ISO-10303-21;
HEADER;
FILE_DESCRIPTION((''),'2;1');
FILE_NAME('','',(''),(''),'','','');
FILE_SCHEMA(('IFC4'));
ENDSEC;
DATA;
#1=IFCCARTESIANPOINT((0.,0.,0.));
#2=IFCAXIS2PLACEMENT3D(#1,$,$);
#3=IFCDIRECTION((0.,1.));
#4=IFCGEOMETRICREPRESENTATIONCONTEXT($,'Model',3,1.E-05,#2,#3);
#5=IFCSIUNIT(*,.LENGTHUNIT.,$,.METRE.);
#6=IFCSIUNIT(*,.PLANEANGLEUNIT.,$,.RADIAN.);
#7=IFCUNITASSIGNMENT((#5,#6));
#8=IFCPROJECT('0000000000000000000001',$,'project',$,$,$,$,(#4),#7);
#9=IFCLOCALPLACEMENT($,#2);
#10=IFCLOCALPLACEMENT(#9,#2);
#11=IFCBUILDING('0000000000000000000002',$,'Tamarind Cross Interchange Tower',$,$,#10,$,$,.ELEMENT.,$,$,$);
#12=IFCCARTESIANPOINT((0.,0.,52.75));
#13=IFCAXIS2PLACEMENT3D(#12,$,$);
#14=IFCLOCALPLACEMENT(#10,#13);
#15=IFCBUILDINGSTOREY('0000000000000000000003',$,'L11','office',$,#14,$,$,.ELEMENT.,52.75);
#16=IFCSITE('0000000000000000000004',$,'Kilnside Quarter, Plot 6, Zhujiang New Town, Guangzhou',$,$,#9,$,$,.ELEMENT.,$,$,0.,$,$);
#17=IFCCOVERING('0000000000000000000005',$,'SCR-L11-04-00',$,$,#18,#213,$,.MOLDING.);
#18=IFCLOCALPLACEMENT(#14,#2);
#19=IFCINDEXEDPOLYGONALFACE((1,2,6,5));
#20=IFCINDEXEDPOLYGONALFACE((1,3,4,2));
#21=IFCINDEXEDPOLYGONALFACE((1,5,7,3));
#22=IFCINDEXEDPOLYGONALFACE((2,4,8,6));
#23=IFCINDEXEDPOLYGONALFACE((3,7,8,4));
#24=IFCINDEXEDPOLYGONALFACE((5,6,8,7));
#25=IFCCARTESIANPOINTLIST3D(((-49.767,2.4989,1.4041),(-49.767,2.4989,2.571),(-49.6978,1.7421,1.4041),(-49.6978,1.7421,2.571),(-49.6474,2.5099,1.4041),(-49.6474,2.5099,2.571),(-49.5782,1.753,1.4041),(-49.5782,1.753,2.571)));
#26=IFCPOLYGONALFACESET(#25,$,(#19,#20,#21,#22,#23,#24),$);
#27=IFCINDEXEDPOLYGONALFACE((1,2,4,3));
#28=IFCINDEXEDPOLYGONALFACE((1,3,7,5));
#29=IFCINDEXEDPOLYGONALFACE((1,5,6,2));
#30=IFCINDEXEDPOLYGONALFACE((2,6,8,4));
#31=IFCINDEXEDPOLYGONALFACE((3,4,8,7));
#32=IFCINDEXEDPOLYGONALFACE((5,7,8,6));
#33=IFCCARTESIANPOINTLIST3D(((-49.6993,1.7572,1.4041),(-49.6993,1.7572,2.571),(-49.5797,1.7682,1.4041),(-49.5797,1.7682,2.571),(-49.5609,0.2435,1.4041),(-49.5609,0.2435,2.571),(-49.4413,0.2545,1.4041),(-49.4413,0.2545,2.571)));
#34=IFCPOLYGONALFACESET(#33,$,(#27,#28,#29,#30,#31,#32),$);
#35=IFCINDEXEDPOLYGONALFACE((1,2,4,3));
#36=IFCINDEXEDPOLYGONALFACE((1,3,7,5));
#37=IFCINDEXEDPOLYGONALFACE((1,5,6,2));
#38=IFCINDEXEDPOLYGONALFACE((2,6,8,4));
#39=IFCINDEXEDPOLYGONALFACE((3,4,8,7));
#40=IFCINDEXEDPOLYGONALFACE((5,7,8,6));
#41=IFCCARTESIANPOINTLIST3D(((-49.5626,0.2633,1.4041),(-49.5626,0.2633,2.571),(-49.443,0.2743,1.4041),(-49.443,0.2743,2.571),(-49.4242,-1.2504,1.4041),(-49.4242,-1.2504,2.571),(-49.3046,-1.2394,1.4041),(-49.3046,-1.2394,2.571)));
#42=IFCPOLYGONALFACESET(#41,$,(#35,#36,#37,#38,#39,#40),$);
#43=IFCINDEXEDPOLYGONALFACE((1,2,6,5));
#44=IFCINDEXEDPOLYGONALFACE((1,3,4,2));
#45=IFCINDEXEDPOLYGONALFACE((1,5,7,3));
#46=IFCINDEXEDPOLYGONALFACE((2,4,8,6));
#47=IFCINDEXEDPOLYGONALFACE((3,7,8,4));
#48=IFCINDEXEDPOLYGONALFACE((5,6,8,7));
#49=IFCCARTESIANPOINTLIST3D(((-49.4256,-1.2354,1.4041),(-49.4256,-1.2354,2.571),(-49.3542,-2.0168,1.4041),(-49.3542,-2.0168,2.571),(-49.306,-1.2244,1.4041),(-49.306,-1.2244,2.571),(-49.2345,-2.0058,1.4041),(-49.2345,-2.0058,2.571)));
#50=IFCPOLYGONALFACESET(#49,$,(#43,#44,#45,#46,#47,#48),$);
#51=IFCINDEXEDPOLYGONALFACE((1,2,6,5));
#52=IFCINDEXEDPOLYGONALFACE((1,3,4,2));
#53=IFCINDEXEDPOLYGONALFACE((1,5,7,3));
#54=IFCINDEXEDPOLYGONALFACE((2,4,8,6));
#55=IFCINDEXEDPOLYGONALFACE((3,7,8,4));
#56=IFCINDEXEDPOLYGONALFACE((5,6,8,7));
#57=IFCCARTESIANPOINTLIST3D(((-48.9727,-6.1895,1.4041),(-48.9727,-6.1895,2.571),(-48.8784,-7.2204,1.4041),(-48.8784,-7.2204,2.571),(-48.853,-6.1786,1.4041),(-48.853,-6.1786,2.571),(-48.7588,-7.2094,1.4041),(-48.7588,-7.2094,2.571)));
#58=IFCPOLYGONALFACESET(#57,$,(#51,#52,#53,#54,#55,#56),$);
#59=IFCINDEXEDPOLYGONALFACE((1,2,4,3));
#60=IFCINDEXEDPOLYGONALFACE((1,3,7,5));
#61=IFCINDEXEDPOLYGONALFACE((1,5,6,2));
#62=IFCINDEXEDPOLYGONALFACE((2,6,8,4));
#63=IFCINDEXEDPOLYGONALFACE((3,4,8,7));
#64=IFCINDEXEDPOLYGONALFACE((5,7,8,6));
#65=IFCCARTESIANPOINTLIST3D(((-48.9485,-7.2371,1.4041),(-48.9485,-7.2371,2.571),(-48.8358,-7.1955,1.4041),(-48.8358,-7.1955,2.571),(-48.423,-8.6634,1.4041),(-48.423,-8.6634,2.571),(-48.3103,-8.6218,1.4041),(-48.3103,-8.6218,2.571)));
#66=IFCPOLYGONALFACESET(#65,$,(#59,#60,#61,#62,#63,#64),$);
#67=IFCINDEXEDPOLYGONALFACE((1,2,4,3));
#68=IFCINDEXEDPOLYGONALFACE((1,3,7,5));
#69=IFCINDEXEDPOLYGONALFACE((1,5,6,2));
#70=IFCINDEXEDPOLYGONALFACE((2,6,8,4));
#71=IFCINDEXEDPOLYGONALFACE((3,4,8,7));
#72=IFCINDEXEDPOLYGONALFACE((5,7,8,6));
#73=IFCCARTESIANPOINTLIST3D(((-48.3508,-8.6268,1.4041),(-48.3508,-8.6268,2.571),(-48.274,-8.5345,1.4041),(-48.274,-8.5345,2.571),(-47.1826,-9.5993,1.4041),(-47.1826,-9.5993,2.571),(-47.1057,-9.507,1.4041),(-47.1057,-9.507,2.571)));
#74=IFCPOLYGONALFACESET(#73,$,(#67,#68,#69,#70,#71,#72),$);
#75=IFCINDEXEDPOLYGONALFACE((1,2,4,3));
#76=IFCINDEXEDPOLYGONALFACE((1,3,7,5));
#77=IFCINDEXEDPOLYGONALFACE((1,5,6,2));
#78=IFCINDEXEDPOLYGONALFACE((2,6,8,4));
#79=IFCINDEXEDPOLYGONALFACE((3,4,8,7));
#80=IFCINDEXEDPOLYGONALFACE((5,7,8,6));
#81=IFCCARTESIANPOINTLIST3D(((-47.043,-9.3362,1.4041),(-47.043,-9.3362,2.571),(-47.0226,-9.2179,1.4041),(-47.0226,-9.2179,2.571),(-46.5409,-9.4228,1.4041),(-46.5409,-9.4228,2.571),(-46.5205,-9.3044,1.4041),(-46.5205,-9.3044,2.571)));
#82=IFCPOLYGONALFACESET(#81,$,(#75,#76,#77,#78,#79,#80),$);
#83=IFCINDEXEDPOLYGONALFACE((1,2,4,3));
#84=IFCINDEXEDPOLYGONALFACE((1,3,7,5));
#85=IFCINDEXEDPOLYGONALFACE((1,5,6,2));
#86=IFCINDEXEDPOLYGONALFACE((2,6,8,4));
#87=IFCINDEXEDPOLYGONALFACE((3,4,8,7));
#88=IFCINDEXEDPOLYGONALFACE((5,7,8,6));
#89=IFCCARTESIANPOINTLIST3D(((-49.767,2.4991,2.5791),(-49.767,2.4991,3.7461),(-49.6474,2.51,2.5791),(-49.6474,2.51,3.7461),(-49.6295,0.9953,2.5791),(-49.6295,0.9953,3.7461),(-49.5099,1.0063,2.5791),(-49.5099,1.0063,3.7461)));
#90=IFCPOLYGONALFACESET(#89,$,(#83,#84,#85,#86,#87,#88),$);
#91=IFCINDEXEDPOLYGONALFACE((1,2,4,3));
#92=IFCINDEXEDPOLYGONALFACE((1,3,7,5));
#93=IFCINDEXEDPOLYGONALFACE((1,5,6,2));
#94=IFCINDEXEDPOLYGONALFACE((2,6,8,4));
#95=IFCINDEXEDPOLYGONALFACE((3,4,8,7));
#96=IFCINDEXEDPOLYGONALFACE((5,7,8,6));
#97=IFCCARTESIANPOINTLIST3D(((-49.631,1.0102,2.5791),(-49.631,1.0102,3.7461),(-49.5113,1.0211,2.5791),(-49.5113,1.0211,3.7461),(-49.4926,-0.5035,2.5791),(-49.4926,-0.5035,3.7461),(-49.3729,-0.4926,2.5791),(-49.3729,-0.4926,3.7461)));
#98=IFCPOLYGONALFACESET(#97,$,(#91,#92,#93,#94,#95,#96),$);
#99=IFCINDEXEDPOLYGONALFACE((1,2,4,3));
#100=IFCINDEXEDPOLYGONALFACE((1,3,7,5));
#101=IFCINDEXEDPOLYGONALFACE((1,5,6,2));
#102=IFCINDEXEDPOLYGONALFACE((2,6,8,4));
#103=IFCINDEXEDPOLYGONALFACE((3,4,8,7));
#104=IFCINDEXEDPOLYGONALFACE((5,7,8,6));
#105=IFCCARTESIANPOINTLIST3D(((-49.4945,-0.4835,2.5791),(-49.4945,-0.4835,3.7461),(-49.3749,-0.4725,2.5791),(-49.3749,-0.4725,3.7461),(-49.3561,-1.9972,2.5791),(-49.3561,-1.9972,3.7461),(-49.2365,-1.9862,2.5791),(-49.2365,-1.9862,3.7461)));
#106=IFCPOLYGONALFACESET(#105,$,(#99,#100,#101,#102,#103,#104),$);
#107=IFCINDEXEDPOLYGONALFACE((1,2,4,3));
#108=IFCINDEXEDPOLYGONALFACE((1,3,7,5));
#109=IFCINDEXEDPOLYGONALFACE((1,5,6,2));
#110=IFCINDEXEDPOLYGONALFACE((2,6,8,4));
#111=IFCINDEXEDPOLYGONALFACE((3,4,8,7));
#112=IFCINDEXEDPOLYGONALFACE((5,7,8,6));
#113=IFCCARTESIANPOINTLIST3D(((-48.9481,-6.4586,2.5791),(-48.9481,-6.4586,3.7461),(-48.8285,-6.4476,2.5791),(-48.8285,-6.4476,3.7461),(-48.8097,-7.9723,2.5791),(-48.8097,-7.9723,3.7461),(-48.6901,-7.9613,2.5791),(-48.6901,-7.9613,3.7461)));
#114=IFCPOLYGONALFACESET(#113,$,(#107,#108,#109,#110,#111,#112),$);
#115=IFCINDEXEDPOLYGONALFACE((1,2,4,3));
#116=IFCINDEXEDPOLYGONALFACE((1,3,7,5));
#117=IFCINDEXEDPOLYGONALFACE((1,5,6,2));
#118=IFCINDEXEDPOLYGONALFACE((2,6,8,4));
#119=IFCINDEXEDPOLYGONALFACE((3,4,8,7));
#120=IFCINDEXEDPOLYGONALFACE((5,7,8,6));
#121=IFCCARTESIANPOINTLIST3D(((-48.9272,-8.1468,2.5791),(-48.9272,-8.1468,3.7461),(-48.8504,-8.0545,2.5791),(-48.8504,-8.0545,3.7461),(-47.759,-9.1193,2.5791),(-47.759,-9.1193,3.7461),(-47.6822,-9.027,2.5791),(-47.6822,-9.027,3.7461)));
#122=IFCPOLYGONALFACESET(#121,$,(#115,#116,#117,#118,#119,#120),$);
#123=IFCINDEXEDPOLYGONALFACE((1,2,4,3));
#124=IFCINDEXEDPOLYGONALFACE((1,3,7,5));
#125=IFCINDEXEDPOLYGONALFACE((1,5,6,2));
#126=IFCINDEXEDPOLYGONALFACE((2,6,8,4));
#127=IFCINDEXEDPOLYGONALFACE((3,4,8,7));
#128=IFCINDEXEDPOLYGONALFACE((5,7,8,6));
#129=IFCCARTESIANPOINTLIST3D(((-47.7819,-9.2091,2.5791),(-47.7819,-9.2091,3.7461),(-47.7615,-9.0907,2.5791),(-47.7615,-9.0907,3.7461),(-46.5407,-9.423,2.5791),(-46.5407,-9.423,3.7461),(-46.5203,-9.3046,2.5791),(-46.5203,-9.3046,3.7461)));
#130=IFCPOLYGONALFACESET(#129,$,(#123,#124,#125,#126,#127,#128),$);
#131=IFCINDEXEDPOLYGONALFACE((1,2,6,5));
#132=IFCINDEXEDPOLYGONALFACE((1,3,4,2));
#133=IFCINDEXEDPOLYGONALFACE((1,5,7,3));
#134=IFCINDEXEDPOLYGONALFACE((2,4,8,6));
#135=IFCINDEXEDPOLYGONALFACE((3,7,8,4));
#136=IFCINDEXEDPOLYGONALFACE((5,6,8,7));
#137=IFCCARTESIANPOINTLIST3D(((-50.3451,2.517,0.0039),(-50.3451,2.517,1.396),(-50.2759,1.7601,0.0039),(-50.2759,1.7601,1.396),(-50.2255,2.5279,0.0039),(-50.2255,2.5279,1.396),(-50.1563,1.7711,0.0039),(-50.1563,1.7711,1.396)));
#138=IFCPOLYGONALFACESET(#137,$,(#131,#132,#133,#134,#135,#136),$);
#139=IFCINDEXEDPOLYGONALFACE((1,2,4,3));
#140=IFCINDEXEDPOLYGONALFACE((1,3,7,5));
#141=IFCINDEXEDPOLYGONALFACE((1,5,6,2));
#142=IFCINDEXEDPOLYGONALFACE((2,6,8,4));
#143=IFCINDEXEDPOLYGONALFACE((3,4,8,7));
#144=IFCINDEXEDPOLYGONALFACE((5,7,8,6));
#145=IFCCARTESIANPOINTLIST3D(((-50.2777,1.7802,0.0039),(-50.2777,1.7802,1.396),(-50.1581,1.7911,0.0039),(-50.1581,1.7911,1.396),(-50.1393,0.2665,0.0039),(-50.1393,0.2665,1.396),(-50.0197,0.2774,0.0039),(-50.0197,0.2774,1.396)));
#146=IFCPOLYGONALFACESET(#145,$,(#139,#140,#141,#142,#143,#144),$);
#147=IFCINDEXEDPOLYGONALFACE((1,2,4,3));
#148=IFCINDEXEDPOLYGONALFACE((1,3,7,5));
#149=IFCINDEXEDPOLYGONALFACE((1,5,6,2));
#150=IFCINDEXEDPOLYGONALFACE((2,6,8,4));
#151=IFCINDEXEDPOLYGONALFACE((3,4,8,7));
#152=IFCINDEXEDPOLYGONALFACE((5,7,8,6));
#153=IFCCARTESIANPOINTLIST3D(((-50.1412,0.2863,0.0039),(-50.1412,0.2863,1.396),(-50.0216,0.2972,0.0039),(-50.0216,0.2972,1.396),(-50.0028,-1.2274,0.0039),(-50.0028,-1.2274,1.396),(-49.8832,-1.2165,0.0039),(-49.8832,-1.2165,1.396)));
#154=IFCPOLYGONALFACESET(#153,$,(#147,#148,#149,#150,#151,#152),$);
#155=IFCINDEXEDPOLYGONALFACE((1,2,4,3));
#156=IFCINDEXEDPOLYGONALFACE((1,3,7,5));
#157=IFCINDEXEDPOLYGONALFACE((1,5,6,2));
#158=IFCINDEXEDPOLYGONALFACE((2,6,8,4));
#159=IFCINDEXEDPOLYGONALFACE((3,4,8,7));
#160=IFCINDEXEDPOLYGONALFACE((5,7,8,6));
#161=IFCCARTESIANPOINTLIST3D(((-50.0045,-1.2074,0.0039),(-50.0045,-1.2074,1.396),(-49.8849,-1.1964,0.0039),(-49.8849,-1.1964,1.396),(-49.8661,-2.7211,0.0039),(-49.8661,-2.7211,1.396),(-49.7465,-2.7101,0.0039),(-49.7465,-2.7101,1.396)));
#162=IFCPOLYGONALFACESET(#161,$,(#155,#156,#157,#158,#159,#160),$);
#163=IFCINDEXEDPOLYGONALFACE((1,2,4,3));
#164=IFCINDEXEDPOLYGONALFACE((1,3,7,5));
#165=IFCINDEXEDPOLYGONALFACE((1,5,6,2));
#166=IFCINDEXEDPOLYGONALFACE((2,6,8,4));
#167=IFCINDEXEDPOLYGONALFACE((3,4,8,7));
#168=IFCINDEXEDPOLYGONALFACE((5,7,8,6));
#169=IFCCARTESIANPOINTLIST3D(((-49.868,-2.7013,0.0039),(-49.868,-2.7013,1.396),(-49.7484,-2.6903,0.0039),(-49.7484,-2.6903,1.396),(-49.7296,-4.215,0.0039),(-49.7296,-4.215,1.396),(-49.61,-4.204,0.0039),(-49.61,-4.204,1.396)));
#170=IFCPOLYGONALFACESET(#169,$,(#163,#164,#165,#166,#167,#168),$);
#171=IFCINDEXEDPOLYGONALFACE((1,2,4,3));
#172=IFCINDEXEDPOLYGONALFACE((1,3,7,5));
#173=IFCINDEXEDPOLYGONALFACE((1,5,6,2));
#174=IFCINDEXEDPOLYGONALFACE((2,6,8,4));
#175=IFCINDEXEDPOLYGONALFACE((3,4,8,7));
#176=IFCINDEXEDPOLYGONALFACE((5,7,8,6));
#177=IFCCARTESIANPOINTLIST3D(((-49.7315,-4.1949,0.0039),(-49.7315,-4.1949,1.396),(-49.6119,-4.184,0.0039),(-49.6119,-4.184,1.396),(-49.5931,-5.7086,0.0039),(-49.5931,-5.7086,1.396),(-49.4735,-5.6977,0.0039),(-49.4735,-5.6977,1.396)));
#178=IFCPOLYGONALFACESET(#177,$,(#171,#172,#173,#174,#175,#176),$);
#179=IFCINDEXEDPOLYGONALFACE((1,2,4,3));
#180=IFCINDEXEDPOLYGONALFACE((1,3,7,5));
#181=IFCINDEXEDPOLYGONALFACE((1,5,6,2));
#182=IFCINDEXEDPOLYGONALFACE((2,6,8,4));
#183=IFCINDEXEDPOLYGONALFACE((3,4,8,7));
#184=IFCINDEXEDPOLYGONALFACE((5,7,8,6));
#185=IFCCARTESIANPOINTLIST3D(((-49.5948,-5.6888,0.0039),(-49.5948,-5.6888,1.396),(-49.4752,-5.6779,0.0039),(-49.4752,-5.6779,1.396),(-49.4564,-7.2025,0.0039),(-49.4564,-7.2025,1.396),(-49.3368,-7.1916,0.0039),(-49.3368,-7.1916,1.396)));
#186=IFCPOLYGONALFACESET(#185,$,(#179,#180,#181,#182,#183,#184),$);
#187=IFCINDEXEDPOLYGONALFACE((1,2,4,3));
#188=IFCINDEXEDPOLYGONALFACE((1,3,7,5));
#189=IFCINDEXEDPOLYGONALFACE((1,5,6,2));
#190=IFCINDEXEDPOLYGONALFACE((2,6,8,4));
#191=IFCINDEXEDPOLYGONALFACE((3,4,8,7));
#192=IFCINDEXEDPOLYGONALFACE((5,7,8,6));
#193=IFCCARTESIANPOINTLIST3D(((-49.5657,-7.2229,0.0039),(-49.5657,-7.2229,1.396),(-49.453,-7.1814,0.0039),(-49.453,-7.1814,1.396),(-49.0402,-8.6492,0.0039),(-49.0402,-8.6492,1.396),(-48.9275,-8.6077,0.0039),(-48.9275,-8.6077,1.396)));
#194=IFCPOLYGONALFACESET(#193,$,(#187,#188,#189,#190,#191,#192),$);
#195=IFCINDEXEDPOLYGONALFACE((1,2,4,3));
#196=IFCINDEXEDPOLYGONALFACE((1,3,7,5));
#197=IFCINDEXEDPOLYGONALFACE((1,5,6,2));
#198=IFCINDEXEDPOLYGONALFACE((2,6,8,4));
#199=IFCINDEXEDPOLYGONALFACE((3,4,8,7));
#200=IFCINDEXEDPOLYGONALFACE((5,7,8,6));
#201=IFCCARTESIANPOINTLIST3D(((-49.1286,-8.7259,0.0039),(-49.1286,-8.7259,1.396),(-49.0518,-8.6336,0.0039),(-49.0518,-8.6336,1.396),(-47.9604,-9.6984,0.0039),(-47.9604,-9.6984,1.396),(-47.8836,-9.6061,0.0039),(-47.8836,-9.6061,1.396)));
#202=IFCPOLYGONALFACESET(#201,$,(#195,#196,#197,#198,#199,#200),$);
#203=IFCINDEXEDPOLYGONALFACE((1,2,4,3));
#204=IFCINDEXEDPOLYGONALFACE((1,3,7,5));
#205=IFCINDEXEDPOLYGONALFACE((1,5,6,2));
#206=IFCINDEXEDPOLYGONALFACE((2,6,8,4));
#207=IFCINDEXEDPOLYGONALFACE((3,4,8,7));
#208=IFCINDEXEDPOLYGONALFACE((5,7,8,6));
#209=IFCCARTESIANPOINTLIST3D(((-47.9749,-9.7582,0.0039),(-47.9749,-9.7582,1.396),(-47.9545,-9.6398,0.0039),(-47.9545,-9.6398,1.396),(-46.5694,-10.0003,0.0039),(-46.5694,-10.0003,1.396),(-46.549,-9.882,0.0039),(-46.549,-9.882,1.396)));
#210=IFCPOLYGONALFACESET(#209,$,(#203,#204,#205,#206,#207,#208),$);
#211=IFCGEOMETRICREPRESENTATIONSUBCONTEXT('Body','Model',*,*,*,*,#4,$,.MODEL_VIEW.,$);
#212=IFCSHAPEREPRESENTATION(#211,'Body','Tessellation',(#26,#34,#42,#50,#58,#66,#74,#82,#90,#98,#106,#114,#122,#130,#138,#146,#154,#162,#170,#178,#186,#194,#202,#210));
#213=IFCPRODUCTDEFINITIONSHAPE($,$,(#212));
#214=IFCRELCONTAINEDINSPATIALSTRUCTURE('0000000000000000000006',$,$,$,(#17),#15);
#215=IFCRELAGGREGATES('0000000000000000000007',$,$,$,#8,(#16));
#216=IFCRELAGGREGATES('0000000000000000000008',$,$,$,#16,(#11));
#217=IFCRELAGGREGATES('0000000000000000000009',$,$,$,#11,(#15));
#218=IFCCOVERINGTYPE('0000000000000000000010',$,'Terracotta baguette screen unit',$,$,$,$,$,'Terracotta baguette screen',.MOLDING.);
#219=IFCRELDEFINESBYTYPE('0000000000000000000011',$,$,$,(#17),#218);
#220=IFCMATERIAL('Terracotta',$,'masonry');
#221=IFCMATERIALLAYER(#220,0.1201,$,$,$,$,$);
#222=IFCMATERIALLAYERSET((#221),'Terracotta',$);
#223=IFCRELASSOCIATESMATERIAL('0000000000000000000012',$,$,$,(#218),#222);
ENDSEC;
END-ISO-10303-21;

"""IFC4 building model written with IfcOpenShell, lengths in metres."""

from ifc_helpers import new_model, si_unit, direction, frame, origin, origin_2d, place, context, subcontext, project, spatial, rectangle, extrude, material, layer, layer_set, type_object, element, save


model = new_model("IFC4")

# Units and contexts
model_context = context("Model", 3, precision=1e-05, world=origin(), true_north=direction((0.0, 1.0)))
body_context = subcontext(model_context, "Body", "Model", "MODEL_VIEW")
ifc_project = project(units=[si_unit("LENGTHUNIT", "METRE"), si_unit("PLANEANGLEUNIT", "RADIAN")], contexts=[model_context])

# Site, building, storey
site_placement = place(None, origin())
site = spatial("IfcSite", under=ifc_project, at=site_placement, Name="Kilnside Quarter, Plot 6, Zhujiang New Town, Guangzhou", CompositionType="ELEMENT", RefElevation=0.0)
building_placement = place(site_placement, origin())
building = spatial("IfcBuilding", under=site, at=building_placement, Name="Tamarind Cross Interchange Tower", CompositionType="ELEMENT")
storey_placement = place(building_placement, frame((0.0, 0.0, 52.75)))
storey = spatial("IfcBuildingStorey", under=building, at=storey_placement, Name="L11", Description="office", CompositionType="ELEMENT", Elevation=52.75)

# Covering
ifc_material_1 = material(Name="Terracotta", Category="masonry")
ifc_layer_1 = layer(ifc_material_1, 0.1201)
ifc_layer_set_1 = layer_set([ifc_layer_1], Name="Terracotta")
covering_type = type_object("IfcCoveringType", Name="Terracotta baguette screen unit", ElementType="Terracotta baguette screen", PredefinedType="MOLDING", material=ifc_layer_set_1)
covering_1_placement = place(storey_placement, origin())
element("IfcCovering", 1, at=covering_1_placement, inside=storey, type_object=covering_type, Name="SCR-L11-04-00", PredefinedType="MOLDING", context=body_context, shape_type="SweptSolid", body=[
    extrude(rectangle(XDim=0.76, YDim=0.1201, at=origin_2d()), frame((-49.6726, 2.126, 1.4041), z_axis=(0.0, 0.0, 1.0), x_axis=(0.09105, -0.995846, 0.0)), (0.0, 0.0, 1.0), 1.167),
    extrude(rectangle(XDim=1.52, YDim=0.1201, at=origin_2d()), frame((-49.5703, 1.0059, 1.4041), z_axis=(0.0, 0.0, 1.0), x_axis=(0.09105, -0.995846, 0.0)), (0.0, 0.0, 1.0), 1.167),
    extrude(rectangle(XDim=1.52, YDim=0.1201, at=origin_2d()), frame((-49.4336, -0.488, 1.4041), z_axis=(0.0, 0.0, 1.0), x_axis=(0.09105, -0.995846, 0.0)), (0.0, 0.0, 1.0), 1.167),
    extrude(rectangle(XDim=0.7847, YDim=0.1201, at=origin_2d()), frame((-49.3301, -1.6206, 1.4041), z_axis=(0.0, 0.0, 1.0), x_axis=(0.09105, -0.995846, 0.0)), (0.0, 0.0, 1.0), 1.167),
    extrude(rectangle(XDim=1.0352, YDim=0.1201, at=origin_2d()), frame((-48.8657, -6.6995, 1.4041), z_axis=(0.0, 0.0, 1.0), x_axis=(0.09105, -0.995846, 0.0)), (0.0, 0.0, 1.0), 1.167),
    extrude(rectangle(XDim=1.52, YDim=0.1201, at=origin_2d()), frame((-48.6294, -7.9294, 1.4041), z_axis=(0.0, 0.0, 1.0), x_axis=(0.345691, -0.938348, 0.0)), (0.0, 0.0, 1.0), 1.167),
    extrude(rectangle(XDim=1.52, YDim=0.1201, at=origin_2d()), frame((-47.7283, -9.0669, 1.4041), z_axis=(0.0, 0.0, 1.0), x_axis=(0.768552, -0.639788, 0.0)), (0.0, 0.0, 1.0), 1.167),
    extrude(rectangle(XDim=0.5095, YDim=0.1201, at=origin_2d()), frame((-46.7817, -9.3203, 1.4041), z_axis=(0.0, 0.0, 1.0), x_axis=(0.985479, -0.169797, 0.0)), (0.0, 0.0, 1.0), 1.167),
    extrude(rectangle(XDim=1.51, YDim=0.1201, at=origin_2d()), frame((-49.6384, 1.7527, 2.5791), z_axis=(0.0, 0.0, 1.0), x_axis=(0.09105, -0.995846, 0.0)), (0.0, 0.0, 1.0), 1.167),
    extrude(rectangle(XDim=1.52, YDim=0.1201, at=origin_2d()), frame((-49.502, 0.2588, 2.5791), z_axis=(0.0, 0.0, 1.0), x_axis=(0.09105, -0.995846, 0.0)), (0.0, 0.0, 1.0), 1.167),
    extrude(rectangle(XDim=1.52, YDim=0.1201, at=origin_2d()), frame((-49.3655, -1.2349, 2.5791), z_axis=(0.0, 0.0, 1.0), x_axis=(0.09105, -0.995846, 0.0)), (0.0, 0.0, 1.0), 1.167),
    extrude(rectangle(XDim=1.52, YDim=0.1201, at=origin_2d()), frame((-48.8191, -7.21, 2.5791), z_axis=(0.0, 0.0, 1.0), x_axis=(0.09105, -0.995846, 0.0)), (0.0, 0.0, 1.0), 1.167),
    extrude(rectangle(XDim=1.52, YDim=0.1201, at=origin_2d()), frame((-48.3047, -8.5869, 2.5791), z_axis=(0.0, 0.0, 1.0), x_axis=(0.768552, -0.639788, 0.0)), (0.0, 0.0, 1.0), 1.167),
    extrude(rectangle(XDim=1.2595, YDim=0.1201, at=origin_2d()), frame((-47.1511, -9.2568, 2.5791), z_axis=(0.0, 0.0, 1.0), x_axis=(0.985479, -0.169797, 0.0)), (0.0, 0.0, 1.0), 1.167),
    extrude(rectangle(XDim=0.76, YDim=0.1201, at=origin_2d()), frame((-50.2507, 2.144, 0.0039), z_axis=(0.0, 0.0, 1.0), x_axis=(0.09105, -0.995846, 0.0)), (0.0, 0.0, 1.0), 1.3921),
    extrude(rectangle(XDim=1.52, YDim=0.1201, at=origin_2d()), frame((-50.1487, 1.0288, 0.0039), z_axis=(0.0, 0.0, 1.0), x_axis=(0.09105, -0.995846, 0.0)), (0.0, 0.0, 1.0), 1.3921),
    extrude(rectangle(XDim=1.52, YDim=0.1201, at=origin_2d()), frame((-50.0122, -0.4651, 0.0039), z_axis=(0.0, 0.0, 1.0), x_axis=(0.09105, -0.995846, 0.0)), (0.0, 0.0, 1.0), 1.3921),
    extrude(rectangle(XDim=1.52, YDim=0.1201, at=origin_2d()), frame((-49.8755, -1.9587, 0.0039), z_axis=(0.0, 0.0, 1.0), x_axis=(0.09105, -0.995846, 0.0)), (0.0, 0.0, 1.0), 1.3921),
    extrude(rectangle(XDim=1.52, YDim=0.1201, at=origin_2d()), frame((-49.739, -3.4526, 0.0039), z_axis=(0.0, 0.0, 1.0), x_axis=(0.09105, -0.995846, 0.0)), (0.0, 0.0, 1.0), 1.3921),
    extrude(rectangle(XDim=1.52, YDim=0.1201, at=origin_2d()), frame((-49.6025, -4.9463, 0.0039), z_axis=(0.0, 0.0, 1.0), x_axis=(0.09105, -0.995846, 0.0)), (0.0, 0.0, 1.0), 1.3921),
    extrude(rectangle(XDim=1.52, YDim=0.1201, at=origin_2d()), frame((-49.4658, -6.4402, 0.0039), z_axis=(0.0, 0.0, 1.0), x_axis=(0.09105, -0.995846, 0.0)), (0.0, 0.0, 1.0), 1.3921),
    extrude(rectangle(XDim=1.52, YDim=0.1201, at=origin_2d()), frame((-49.2466, -7.9153, 0.0039), z_axis=(0.0, 0.0, 1.0), x_axis=(0.345691, -0.938348, 0.0)), (0.0, 0.0, 1.0), 1.3921),
    extrude(rectangle(XDim=1.52, YDim=0.1201, at=origin_2d()), frame((-48.5061, -9.166, 0.0039), z_axis=(0.0, 0.0, 1.0), x_axis=(0.768552, -0.639788, 0.0)), (0.0, 0.0, 1.0), 1.3921),
    extrude(rectangle(XDim=1.4263, YDim=0.1201, at=origin_2d()), frame((-47.262, -9.8201, 0.0039), z_axis=(0.0, 0.0, 1.0), x_axis=(0.985479, -0.169797, 0.0)), (0.0, 0.0, 1.0), 1.3921),
])

save(model, "model.ifc")
